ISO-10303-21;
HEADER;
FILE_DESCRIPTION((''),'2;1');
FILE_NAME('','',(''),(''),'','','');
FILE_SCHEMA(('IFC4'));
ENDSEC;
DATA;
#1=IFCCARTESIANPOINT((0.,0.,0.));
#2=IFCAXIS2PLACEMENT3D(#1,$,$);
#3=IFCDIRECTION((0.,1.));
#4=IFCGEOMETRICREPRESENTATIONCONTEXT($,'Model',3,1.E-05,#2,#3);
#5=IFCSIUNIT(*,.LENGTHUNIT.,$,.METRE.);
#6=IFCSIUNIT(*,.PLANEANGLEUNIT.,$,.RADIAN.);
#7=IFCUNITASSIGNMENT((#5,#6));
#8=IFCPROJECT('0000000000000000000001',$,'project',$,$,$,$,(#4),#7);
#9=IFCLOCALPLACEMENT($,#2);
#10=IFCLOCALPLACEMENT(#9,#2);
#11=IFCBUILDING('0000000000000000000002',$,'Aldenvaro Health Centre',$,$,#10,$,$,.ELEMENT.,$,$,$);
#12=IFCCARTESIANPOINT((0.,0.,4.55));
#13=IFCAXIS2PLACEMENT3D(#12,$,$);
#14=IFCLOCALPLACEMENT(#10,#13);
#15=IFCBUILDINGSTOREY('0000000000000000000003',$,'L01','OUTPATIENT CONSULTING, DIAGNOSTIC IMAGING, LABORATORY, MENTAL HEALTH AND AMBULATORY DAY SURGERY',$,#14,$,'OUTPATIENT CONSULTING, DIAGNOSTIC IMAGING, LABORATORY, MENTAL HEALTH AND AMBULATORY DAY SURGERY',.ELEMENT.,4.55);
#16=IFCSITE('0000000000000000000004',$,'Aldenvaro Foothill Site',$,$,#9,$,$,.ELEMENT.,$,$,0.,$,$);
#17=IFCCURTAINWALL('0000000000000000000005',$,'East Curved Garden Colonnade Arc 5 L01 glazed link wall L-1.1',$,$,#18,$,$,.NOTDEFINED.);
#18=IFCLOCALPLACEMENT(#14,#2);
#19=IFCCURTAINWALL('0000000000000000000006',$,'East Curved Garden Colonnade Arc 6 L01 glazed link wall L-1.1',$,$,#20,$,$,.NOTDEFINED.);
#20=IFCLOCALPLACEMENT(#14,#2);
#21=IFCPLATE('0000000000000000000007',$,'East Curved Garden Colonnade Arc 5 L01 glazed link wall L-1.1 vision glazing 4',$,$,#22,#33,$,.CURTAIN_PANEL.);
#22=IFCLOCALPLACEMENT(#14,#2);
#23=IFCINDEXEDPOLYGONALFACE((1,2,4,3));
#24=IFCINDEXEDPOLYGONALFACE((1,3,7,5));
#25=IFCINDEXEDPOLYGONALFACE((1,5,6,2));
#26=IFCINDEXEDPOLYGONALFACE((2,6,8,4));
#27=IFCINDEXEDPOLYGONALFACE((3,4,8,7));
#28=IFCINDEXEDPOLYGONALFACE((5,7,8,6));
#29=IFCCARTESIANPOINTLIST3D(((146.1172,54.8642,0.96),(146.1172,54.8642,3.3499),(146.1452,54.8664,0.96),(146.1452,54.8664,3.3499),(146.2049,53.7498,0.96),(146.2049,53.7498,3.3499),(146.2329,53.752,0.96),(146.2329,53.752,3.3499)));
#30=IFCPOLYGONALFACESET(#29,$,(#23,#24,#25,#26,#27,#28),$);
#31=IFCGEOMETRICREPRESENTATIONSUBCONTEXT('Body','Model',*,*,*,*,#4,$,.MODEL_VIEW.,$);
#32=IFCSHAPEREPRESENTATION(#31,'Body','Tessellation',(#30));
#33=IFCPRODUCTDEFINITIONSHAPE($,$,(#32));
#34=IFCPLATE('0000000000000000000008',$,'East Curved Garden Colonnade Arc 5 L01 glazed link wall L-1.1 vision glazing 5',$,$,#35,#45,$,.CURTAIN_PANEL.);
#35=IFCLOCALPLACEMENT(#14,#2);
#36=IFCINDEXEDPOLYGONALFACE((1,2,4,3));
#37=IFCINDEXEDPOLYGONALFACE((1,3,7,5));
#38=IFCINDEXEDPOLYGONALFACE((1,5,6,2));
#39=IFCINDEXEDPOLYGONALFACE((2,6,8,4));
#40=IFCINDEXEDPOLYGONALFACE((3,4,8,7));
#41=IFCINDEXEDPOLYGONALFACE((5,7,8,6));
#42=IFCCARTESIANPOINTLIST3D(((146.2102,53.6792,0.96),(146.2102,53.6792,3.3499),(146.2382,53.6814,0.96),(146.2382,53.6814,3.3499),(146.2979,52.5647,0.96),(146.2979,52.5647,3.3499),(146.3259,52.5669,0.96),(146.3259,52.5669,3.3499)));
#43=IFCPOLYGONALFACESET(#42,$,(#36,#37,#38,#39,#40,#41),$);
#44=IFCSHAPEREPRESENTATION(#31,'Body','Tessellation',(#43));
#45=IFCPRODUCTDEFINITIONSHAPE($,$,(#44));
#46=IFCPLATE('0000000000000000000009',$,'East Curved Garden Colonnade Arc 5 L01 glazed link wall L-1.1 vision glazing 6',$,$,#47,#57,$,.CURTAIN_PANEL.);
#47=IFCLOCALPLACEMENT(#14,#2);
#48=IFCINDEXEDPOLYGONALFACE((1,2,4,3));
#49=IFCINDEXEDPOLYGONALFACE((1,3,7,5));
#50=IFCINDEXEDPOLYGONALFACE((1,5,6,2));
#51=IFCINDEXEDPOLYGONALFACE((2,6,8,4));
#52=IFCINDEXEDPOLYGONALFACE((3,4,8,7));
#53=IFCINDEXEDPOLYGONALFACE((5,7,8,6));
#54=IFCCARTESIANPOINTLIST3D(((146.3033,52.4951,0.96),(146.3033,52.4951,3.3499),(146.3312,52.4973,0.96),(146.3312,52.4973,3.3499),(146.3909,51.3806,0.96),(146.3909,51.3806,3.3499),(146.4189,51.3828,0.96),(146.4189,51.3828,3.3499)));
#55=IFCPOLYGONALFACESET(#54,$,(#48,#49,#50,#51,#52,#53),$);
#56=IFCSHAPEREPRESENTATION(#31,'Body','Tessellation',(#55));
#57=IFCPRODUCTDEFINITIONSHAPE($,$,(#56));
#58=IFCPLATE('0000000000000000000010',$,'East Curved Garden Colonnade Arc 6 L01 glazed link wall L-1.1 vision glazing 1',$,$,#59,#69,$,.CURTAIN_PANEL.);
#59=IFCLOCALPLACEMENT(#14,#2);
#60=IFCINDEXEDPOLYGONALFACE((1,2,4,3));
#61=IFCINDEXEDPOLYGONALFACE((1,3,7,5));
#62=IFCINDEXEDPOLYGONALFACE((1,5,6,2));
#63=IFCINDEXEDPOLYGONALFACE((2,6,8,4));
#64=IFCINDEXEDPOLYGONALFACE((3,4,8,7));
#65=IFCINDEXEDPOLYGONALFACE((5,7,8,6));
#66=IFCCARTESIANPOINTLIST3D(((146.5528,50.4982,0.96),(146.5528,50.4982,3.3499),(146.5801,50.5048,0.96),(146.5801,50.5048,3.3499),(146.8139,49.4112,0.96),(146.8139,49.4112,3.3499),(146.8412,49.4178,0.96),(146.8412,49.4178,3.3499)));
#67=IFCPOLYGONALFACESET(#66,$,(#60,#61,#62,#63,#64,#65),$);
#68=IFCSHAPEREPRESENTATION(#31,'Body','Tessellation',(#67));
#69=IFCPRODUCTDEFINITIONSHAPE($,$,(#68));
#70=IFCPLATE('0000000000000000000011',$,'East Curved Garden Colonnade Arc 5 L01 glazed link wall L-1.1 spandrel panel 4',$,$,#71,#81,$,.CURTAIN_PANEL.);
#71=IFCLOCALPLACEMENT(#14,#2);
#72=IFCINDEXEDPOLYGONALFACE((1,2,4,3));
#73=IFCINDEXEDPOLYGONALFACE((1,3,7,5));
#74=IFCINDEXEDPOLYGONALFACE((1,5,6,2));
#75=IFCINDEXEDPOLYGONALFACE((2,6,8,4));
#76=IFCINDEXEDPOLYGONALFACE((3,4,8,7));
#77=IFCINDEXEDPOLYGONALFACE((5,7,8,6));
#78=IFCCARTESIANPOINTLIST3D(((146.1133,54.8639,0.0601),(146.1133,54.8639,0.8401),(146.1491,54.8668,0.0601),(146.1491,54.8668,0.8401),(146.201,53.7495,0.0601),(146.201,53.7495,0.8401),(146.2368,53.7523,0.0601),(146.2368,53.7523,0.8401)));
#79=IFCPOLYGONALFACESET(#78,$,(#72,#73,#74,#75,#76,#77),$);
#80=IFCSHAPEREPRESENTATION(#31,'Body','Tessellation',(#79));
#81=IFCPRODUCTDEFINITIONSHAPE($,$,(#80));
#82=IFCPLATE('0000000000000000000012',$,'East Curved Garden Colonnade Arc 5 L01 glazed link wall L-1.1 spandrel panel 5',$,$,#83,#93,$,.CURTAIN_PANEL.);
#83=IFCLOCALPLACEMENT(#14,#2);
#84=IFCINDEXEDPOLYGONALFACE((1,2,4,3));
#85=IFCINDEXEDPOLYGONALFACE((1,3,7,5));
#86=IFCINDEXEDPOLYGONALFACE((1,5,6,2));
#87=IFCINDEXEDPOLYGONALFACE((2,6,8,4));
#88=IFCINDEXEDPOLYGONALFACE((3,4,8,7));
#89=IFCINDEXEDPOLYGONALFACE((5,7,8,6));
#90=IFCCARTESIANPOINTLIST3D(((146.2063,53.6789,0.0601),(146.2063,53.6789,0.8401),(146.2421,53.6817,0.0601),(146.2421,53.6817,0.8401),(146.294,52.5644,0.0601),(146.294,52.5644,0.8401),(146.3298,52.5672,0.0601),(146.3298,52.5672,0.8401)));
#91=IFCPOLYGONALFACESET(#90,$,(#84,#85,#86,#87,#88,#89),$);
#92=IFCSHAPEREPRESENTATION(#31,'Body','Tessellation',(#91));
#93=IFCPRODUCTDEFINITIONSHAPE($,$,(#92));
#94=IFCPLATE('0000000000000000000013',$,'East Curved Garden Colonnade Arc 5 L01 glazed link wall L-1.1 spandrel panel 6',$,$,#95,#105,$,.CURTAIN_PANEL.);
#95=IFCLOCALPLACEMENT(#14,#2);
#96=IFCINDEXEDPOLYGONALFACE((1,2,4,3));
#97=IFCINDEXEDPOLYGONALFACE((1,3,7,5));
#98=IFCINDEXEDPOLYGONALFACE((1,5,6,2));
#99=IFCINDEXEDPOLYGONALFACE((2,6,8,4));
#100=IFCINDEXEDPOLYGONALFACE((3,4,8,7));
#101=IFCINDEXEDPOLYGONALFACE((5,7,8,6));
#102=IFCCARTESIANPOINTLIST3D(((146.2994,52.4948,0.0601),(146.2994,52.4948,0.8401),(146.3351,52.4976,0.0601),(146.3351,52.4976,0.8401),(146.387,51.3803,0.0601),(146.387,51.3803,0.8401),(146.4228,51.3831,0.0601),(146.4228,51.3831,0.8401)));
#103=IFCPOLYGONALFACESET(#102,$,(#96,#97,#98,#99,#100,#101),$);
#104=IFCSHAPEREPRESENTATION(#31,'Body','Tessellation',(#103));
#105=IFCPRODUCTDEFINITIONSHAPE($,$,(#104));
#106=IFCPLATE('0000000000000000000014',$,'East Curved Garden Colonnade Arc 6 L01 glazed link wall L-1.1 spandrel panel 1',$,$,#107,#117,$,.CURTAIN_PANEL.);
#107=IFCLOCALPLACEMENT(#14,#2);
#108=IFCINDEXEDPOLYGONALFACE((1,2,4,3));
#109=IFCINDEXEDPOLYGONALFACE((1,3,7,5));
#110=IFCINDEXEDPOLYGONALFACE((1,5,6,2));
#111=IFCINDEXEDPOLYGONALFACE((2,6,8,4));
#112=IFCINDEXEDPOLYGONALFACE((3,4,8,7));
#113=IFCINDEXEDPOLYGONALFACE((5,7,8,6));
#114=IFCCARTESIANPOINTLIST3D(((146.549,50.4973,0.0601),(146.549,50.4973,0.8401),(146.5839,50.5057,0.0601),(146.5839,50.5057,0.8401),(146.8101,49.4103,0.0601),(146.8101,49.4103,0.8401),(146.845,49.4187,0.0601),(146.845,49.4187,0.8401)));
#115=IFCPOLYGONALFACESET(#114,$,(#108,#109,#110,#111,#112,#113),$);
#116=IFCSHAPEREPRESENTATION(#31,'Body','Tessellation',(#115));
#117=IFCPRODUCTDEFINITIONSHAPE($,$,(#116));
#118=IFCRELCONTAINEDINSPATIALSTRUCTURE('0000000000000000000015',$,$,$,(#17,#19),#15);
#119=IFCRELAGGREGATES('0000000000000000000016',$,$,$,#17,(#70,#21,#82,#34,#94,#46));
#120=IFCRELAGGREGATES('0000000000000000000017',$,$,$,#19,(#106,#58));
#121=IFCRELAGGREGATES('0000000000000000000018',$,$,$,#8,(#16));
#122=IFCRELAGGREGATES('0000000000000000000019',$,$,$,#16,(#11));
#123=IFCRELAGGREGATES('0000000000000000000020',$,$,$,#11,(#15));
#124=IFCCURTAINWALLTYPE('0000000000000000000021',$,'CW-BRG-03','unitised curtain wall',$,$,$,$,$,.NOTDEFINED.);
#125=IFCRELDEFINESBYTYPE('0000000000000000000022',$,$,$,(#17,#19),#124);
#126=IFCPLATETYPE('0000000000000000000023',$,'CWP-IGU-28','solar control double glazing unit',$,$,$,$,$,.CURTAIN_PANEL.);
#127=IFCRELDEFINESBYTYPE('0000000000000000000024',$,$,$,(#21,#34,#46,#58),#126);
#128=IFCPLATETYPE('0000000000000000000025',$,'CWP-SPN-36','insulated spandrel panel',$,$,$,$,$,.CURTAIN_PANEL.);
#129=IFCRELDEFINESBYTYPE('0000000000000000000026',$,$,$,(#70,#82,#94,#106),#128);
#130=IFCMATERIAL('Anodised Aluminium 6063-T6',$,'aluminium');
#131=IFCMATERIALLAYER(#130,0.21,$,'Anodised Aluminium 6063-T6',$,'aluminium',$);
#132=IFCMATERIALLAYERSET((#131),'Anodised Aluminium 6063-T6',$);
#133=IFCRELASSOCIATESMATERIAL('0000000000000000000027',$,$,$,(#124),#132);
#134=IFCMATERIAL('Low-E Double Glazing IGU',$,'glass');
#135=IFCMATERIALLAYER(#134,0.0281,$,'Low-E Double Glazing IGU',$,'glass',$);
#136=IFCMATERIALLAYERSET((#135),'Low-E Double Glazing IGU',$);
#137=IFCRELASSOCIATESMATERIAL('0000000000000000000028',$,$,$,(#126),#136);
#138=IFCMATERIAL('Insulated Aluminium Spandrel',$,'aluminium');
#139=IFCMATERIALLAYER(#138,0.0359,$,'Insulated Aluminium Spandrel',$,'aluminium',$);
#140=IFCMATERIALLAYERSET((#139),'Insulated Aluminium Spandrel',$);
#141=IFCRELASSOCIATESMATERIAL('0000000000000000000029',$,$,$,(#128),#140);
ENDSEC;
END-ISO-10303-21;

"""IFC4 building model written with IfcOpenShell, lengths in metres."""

from ifc_helpers import new_model, si_unit, direction, frame, origin, origin_2d, place, context, subcontext, project, spatial, rectangle, extrude, material, layer, layer_set, type_object, element, aggregate, save


model = new_model("IFC4")

# Units and contexts
model_context = context("Model", 3, precision=1e-05, world=origin(), true_north=direction((0.0, 1.0)))
body_context = subcontext(model_context, "Body", "Model", "MODEL_VIEW")
ifc_project = project(units=[si_unit("LENGTHUNIT", "METRE"), si_unit("PLANEANGLEUNIT", "RADIAN")], contexts=[model_context])

# Site, building, storey
site_placement = place(None, origin())
site = spatial("IfcSite", under=ifc_project, at=site_placement, Name="Aldenvaro Foothill Site", CompositionType="ELEMENT", RefElevation=0.0)
building_placement = place(site_placement, origin())
building = spatial("IfcBuilding", under=site, at=building_placement, Name="Aldenvaro Health Centre", CompositionType="ELEMENT")
storey_placement = place(building_placement, frame((0.0, 0.0, 4.55)))
storey = spatial("IfcBuildingStorey", under=building, at=storey_placement, Name="L01", Description="OUTPATIENT CONSULTING, DIAGNOSTIC IMAGING, LABORATORY, MENTAL HEALTH AND AMBULATORY DAY SURGERY", LongName="OUTPATIENT CONSULTING, DIAGNOSTIC IMAGING, LABORATORY, MENTAL HEALTH AND AMBULATORY DAY SURGERY", CompositionType="ELEMENT", Elevation=4.55)

# Curtain walls
ifc_material_1 = material(Name="Anodised Aluminium 6063-T6", Category="aluminium")
ifc_layer_1 = layer(ifc_material_1, 0.21, Name="Anodised Aluminium 6063-T6", Category="aluminium")
ifc_layer_set_1 = layer_set([ifc_layer_1], Name="Anodised Aluminium 6063-T6")
curtain_wall_type = type_object("IfcCurtainWallType", Name="CW-BRG-03", Description="unitised curtain wall", PredefinedType="NOTDEFINED", material=ifc_layer_set_1)
curtain_wall_1_placement = place(storey_placement, origin())
curtain_wall_1 = element("IfcCurtainWall", 1, at=curtain_wall_1_placement, inside=storey, type_object=curtain_wall_type, Name="East Curved Garden Colonnade Arc 5 L01 glazed link wall L-1.1", PredefinedType="NOTDEFINED")
curtain_wall_2_placement = place(storey_placement, origin())
curtain_wall_2 = element("IfcCurtainWall", 2, at=curtain_wall_2_placement, inside=storey, type_object=curtain_wall_type, Name="East Curved Garden Colonnade Arc 6 L01 glazed link wall L-1.1", PredefinedType="NOTDEFINED")

# Plates
ifc_material_2 = material(Name="Low-E Double Glazing IGU", Category="glass")
ifc_layer_2 = layer(ifc_material_2, 0.0281, Name="Low-E Double Glazing IGU", Category="glass")
ifc_layer_set_2 = layer_set([ifc_layer_2], Name="Low-E Double Glazing IGU")
plate_type_1 = type_object("IfcPlateType", Name="CWP-IGU-28", Description="solar control double glazing unit", PredefinedType="CURTAIN_PANEL", material=ifc_layer_set_2)
plate_1_placement = place(storey_placement, frame((146.175, 54.3081, 0.96), z_axis=(0.0, 0.0, 1.0), x_axis=(0.078424, -0.99692, 0.0)))
plate_1 = element("IfcPlate", 3, at=plate_1_placement, type_object=plate_type_1, Name="East Curved Garden Colonnade Arc 5 L01 glazed link wall L-1.1 vision glazing 4", PredefinedType="CURTAIN_PANEL", context=body_context, shape_type="SweptSolid", body=[
    extrude(rectangle(XDim=1.1179, YDim=0.0281, at=origin_2d()), origin(), (0.0, 0.0, 1.0), 2.3899),
])
plate_2_placement = place(storey_placement, frame((146.2681, 53.123, 0.96), z_axis=(0.0, 0.0, 1.0), x_axis=(0.078424, -0.99692, 0.0)))
plate_2 = element("IfcPlate", 4, at=plate_2_placement, type_object=plate_type_1, Name="East Curved Garden Colonnade Arc 5 L01 glazed link wall L-1.1 vision glazing 5", PredefinedType="CURTAIN_PANEL", context=body_context, shape_type="SweptSolid", body=[
    extrude(rectangle(XDim=1.1179, YDim=0.0281, at=origin_2d()), origin(), (0.0, 0.0, 1.0), 2.3899),
])
plate_3_placement = place(storey_placement, frame((146.3611, 51.939, 0.96), z_axis=(0.0, 0.0, 1.0), x_axis=(0.078424, -0.99692, 0.0)))
plate_3 = element("IfcPlate", 5, at=plate_3_placement, type_object=plate_type_1, Name="East Curved Garden Colonnade Arc 5 L01 glazed link wall L-1.1 vision glazing 6", PredefinedType="CURTAIN_PANEL", context=body_context, shape_type="SweptSolid", body=[
    extrude(rectangle(XDim=1.1179, YDim=0.0281, at=origin_2d()), origin(), (0.0, 0.0, 1.0), 2.3899),
])
plate_4_placement = place(storey_placement, frame((146.697, 49.958, 0.96), z_axis=(0.0, 0.0, 1.0), x_axis=(0.233511, -0.972354, 0.0)))
plate_4 = element("IfcPlate", 6, at=plate_4_placement, type_object=plate_type_1, Name="East Curved Garden Colonnade Arc 6 L01 glazed link wall L-1.1 vision glazing 1", PredefinedType="CURTAIN_PANEL", context=body_context, shape_type="SweptSolid", body=[
    extrude(rectangle(XDim=1.1179, YDim=0.0281, at=origin_2d()), origin(), (0.0, 0.0, 1.0), 2.3899),
])
ifc_material_3 = material(Name="Insulated Aluminium Spandrel", Category="aluminium")
ifc_layer_3 = layer(ifc_material_3, 0.0359, Name="Insulated Aluminium Spandrel", Category="aluminium")
ifc_layer_set_3 = layer_set([ifc_layer_3], Name="Insulated Aluminium Spandrel")
plate_type_2 = type_object("IfcPlateType", Name="CWP-SPN-36", Description="insulated spandrel panel", PredefinedType="CURTAIN_PANEL", material=ifc_layer_set_3)
plate_5_placement = place(storey_placement, frame((146.175, 54.3081, 0.0601), z_axis=(0.0, 0.0, 1.0), x_axis=(0.078424, -0.99692, 0.0)))
plate_5 = element("IfcPlate", 7, at=plate_5_placement, type_object=plate_type_2, Name="East Curved Garden Colonnade Arc 5 L01 glazed link wall L-1.1 spandrel panel 4", PredefinedType="CURTAIN_PANEL", context=body_context, shape_type="SweptSolid", body=[
    extrude(rectangle(XDim=1.1179, YDim=0.0359, at=origin_2d()), origin(), (0.0, 0.0, 1.0), 0.78),
])
plate_6_placement = place(storey_placement, frame((146.2681, 53.123, 0.0601), z_axis=(0.0, 0.0, 1.0), x_axis=(0.078424, -0.99692, 0.0)))
plate_6 = element("IfcPlate", 8, at=plate_6_placement, type_object=plate_type_2, Name="East Curved Garden Colonnade Arc 5 L01 glazed link wall L-1.1 spandrel panel 5", PredefinedType="CURTAIN_PANEL", context=body_context, shape_type="SweptSolid", body=[
    extrude(rectangle(XDim=1.1179, YDim=0.0359, at=origin_2d()), origin(), (0.0, 0.0, 1.0), 0.78),
])
plate_7_placement = place(storey_placement, frame((146.3611, 51.939, 0.0601), z_axis=(0.0, 0.0, 1.0), x_axis=(0.078424, -0.99692, 0.0)))
plate_7 = element("IfcPlate", 9, at=plate_7_placement, type_object=plate_type_2, Name="East Curved Garden Colonnade Arc 5 L01 glazed link wall L-1.1 spandrel panel 6", PredefinedType="CURTAIN_PANEL", context=body_context, shape_type="SweptSolid", body=[
    extrude(rectangle(XDim=1.1179, YDim=0.0359, at=origin_2d()), origin(), (0.0, 0.0, 1.0), 0.78),
])
aggregate(curtain_wall_1, [plate_5, plate_1, plate_6, plate_2, plate_7, plate_3])
plate_8_placement = place(storey_placement, frame((146.697, 49.958, 0.0601), z_axis=(0.0, 0.0, 1.0), x_axis=(0.233511, -0.972354, 0.0)))
plate_8 = element("IfcPlate", 10, at=plate_8_placement, type_object=plate_type_2, Name="East Curved Garden Colonnade Arc 6 L01 glazed link wall L-1.1 spandrel panel 1", PredefinedType="CURTAIN_PANEL", context=body_context, shape_type="SweptSolid", body=[
    extrude(rectangle(XDim=1.1179, YDim=0.0359, at=origin_2d()), origin(), (0.0, 0.0, 1.0), 0.78),
])
aggregate(curtain_wall_2, [plate_8, plate_4])

save(model, "model.ifc")
